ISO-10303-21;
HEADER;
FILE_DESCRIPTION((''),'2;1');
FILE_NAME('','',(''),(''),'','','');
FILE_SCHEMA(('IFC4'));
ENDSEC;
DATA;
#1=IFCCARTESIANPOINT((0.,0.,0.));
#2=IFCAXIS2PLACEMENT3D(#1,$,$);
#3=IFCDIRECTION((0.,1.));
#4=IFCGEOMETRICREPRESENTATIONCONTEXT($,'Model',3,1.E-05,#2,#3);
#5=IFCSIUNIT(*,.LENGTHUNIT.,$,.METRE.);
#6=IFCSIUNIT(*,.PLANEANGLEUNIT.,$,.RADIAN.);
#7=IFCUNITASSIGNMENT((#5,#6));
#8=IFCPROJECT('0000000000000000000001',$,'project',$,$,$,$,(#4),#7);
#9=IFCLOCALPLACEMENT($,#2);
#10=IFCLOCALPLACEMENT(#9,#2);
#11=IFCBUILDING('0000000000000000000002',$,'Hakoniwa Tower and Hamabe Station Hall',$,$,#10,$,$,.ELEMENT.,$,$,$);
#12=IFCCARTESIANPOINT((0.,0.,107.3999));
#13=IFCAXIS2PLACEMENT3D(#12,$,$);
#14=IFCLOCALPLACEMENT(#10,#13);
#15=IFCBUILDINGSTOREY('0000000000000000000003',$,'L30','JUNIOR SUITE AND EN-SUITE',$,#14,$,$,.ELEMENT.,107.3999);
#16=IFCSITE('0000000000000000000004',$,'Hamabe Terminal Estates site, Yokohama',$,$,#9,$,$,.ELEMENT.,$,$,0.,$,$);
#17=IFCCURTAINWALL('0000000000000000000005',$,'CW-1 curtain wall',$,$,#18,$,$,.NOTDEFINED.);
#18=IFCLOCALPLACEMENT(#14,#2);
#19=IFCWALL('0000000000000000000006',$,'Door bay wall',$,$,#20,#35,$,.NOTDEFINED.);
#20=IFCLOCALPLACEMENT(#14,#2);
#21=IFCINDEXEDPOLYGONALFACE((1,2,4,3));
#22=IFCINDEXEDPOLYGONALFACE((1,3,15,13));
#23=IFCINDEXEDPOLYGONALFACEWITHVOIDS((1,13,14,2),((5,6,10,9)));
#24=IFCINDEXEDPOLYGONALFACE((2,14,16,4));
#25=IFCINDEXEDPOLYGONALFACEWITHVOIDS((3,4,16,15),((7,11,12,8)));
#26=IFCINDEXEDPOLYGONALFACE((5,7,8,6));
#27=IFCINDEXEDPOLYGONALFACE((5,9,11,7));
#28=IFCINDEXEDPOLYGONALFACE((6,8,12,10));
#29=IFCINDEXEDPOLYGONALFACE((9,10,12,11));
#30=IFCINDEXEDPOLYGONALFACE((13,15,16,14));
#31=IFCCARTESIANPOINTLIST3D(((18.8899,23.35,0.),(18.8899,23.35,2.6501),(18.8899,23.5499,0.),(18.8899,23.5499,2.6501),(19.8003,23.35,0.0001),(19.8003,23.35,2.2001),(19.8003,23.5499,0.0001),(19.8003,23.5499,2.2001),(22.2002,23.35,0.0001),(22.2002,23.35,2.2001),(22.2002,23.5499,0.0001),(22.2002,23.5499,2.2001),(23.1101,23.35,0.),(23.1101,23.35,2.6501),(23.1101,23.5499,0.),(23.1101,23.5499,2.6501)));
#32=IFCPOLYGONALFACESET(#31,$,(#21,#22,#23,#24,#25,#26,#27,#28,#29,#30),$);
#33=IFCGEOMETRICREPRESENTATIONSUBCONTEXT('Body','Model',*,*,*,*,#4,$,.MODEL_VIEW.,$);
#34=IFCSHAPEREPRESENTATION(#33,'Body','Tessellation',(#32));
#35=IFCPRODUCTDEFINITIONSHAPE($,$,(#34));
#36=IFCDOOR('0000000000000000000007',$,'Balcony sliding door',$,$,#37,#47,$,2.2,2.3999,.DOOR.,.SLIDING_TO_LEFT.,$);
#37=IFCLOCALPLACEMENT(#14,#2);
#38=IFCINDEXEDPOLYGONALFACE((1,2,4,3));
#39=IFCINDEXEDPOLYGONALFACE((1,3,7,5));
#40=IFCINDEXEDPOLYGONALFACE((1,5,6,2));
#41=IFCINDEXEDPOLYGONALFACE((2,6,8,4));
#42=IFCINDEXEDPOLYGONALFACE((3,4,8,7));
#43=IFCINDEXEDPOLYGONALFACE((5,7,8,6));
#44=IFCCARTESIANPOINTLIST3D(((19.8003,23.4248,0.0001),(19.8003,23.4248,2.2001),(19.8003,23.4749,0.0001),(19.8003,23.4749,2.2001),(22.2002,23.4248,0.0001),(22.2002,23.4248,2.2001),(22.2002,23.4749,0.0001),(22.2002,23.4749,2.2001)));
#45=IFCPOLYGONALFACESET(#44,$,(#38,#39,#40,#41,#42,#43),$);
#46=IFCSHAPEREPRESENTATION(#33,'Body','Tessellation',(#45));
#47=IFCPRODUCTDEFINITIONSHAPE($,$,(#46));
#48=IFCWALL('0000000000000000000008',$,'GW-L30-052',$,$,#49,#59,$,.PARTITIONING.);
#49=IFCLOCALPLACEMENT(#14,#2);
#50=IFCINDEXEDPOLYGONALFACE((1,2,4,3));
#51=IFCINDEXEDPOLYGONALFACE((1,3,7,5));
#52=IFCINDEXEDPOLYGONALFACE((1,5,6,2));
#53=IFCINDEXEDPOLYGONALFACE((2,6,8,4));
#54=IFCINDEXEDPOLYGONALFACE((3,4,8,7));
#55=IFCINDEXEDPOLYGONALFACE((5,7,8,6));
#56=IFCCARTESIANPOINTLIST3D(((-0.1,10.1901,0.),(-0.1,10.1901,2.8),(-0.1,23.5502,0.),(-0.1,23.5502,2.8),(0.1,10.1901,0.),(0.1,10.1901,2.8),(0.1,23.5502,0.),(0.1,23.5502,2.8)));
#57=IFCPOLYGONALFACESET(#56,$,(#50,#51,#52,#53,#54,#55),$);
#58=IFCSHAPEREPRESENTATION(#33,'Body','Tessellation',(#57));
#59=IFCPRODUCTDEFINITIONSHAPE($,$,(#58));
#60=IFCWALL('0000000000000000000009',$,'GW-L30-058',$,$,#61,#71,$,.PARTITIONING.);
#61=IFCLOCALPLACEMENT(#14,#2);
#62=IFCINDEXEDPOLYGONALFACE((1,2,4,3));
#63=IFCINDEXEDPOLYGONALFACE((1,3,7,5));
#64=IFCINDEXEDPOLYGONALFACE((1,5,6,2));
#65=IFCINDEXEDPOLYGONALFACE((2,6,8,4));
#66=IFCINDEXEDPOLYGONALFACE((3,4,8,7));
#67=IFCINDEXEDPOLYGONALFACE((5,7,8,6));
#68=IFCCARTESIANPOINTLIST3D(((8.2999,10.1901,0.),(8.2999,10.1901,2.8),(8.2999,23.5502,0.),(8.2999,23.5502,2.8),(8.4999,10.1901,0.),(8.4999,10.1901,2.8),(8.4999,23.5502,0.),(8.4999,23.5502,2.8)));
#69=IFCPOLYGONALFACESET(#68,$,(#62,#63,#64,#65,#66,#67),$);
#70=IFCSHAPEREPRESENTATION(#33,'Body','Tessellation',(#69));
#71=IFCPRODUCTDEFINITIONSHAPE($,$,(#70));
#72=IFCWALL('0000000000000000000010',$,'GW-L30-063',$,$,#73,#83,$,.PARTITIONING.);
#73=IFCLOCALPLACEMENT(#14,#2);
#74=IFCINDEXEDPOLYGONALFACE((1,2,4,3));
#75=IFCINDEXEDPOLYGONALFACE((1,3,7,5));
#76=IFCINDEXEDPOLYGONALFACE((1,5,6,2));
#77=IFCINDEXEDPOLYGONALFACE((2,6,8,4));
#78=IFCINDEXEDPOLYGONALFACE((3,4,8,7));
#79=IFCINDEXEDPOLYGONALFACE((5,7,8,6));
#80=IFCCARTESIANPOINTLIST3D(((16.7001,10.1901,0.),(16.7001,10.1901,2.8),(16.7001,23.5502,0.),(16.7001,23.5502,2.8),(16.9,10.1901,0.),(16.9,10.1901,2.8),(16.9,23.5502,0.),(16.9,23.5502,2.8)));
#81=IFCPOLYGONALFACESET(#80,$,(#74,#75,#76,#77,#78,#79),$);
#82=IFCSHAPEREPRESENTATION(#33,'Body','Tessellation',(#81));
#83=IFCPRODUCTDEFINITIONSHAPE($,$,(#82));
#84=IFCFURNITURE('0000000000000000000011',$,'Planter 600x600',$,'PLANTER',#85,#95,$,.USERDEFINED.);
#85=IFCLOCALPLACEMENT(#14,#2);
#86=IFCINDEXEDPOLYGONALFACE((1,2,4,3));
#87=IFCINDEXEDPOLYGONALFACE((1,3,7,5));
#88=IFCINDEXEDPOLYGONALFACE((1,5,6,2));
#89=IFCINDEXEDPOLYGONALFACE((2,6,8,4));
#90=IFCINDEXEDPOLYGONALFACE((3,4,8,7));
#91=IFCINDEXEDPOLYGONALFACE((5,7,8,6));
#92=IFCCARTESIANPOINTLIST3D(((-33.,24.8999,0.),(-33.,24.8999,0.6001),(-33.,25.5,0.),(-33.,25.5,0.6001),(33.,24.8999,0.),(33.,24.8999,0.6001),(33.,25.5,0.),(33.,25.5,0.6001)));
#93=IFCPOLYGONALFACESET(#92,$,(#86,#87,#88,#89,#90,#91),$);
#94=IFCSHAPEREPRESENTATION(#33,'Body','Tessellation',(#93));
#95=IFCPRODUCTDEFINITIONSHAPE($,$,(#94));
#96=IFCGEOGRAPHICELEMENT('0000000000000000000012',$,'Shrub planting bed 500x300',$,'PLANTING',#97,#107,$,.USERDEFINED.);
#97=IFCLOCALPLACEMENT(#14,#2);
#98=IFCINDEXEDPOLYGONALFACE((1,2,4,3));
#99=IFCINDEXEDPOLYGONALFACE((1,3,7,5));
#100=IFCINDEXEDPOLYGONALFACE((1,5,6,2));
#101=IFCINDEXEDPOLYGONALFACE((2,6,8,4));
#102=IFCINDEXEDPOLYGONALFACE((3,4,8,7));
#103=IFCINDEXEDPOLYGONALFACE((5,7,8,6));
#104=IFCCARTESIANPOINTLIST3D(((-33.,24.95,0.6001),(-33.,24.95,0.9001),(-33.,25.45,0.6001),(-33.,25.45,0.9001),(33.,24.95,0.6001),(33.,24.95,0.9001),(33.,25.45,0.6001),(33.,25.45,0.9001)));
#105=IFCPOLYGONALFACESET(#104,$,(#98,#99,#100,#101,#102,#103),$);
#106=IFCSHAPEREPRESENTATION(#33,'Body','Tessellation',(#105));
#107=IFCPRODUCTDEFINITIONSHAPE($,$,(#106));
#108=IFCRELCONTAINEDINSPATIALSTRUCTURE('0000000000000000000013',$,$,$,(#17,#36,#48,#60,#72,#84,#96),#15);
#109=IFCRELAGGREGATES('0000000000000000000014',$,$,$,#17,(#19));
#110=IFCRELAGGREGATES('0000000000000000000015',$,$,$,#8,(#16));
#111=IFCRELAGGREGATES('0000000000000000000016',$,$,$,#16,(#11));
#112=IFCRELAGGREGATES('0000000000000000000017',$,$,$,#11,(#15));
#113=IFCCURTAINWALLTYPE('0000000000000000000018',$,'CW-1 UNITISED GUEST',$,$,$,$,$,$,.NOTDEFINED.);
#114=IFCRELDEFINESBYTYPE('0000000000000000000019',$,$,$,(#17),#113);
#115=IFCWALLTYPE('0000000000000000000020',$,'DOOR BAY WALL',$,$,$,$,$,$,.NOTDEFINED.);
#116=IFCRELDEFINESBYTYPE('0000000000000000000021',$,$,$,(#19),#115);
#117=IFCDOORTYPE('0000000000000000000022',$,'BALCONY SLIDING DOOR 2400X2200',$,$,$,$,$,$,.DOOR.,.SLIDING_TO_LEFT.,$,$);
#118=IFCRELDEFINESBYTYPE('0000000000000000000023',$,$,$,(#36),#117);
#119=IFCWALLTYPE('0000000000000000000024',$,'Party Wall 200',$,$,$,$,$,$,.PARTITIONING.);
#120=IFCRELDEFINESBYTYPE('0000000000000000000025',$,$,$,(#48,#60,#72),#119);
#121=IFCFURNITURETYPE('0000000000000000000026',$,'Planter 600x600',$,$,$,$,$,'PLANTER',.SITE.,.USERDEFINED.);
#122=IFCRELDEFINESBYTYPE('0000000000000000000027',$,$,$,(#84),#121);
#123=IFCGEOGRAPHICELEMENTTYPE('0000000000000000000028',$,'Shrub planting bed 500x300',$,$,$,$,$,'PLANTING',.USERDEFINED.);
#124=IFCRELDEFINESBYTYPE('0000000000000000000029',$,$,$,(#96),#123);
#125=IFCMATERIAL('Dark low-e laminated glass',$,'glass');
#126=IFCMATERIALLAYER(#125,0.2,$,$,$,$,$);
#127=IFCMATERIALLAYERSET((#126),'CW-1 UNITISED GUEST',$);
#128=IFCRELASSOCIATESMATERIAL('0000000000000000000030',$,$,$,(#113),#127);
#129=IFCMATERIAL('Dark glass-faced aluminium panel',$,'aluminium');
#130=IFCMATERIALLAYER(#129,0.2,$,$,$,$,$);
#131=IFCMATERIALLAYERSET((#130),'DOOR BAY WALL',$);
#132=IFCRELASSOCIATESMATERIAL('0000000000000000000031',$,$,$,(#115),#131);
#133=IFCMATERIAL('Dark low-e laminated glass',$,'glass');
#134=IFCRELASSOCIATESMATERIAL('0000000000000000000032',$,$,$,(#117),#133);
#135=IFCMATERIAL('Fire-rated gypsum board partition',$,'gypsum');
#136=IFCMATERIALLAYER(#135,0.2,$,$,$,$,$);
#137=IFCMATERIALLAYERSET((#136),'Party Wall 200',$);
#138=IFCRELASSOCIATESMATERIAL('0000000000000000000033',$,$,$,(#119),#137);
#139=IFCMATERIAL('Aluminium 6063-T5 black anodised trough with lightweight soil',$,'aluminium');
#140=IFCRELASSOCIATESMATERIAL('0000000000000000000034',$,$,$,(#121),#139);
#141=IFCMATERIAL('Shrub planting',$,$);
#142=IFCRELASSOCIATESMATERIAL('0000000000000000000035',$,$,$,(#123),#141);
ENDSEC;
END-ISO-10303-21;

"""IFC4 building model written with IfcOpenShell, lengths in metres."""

from ifc_helpers import new_model, si_unit, direction, frame, frame_2d, origin, origin_2d, place, context, subcontext, project, spatial, rectangle, extrude, material, layer, layer_set, type_object, element, fill, aggregate, save


model = new_model("IFC4")

# Units and contexts
model_context = context("Model", 3, precision=1e-05, world=origin(), true_north=direction((0.0, 1.0)))
body_context = subcontext(model_context, "Body", "Model", "MODEL_VIEW")
ifc_project = project(units=[si_unit("LENGTHUNIT", "METRE"), si_unit("PLANEANGLEUNIT", "RADIAN")], contexts=[model_context])

# Site, building, storey
site_placement = place(None, origin())
site = spatial("IfcSite", under=ifc_project, at=site_placement, Name="Hamabe Terminal Estates site, Yokohama", CompositionType="ELEMENT", RefElevation=0.0)
building_placement = place(site_placement, origin())
building = spatial("IfcBuilding", under=site, at=building_placement, Name="Hakoniwa Tower and Hamabe Station Hall", CompositionType="ELEMENT")
storey_placement = place(building_placement, frame((0.0, 0.0, 107.3999)))
storey = spatial("IfcBuildingStorey", under=building, at=storey_placement, Name="L30", Description="JUNIOR SUITE AND EN-SUITE", CompositionType="ELEMENT", Elevation=107.3999)

# Curtain wall
ifc_material_1 = material(Name="Dark low-e laminated glass", Category="glass")
ifc_layer_1 = layer(ifc_material_1, 0.2)
ifc_layer_set_1 = layer_set([ifc_layer_1], Name="CW-1 UNITISED GUEST")
curtain_wall_type = type_object("IfcCurtainWallType", Name="CW-1 UNITISED GUEST", PredefinedType="NOTDEFINED", material=ifc_layer_set_1)
curtain_wall_placement = place(storey_placement, origin())
curtain_wall = element("IfcCurtainWall", 1, at=curtain_wall_placement, inside=storey, type_object=curtain_wall_type, Name="CW-1 curtain wall", PredefinedType="NOTDEFINED")

# Wall, opening, door
ifc_material_2 = material(Name="Dark glass-faced aluminium panel", Category="aluminium")
ifc_layer_2 = layer(ifc_material_2, 0.2)
ifc_layer_set_2 = layer_set([ifc_layer_2], Name="DOOR BAY WALL")
wall_type_1 = type_object("IfcWallType", Name="DOOR BAY WALL", PredefinedType="NOTDEFINED", material=ifc_layer_set_2)
wall_1_placement = place(storey_placement, frame((23.1101, 23.45, 0.0), z_axis=(0.0, 0.0, 1.0), x_axis=(-1.0, 0.0, 0.0)))
wall_1 = element("IfcWall", 2, at=wall_1_placement, type_object=wall_type_1, Name="Door bay wall", PredefinedType="NOTDEFINED", context=body_context, shape_type="SweptSolid", body=[
    extrude(rectangle(XDim=4.2202, YDim=0.2, at=frame_2d((2.1101, 0.0))), origin(), (0.0, 0.0, 1.0), 2.6501),
])
opening_1_placement = place(wall_1_placement, frame((0.9099, 0.0, 0.0)))
opening_1 = element("IfcOpeningElement", 3, at=opening_1_placement, cuts=wall_1, PredefinedType="OPENING", context=body_context, shape_type="SweptSolid", body=[
    extrude(rectangle(XDim=2.3999, YDim=2.2, at=frame_2d((1.2, 1.1001))), frame((0.0, 0.1099, 0.0), z_axis=(0.0, -1.0, 0.0), x_axis=(1.0, 0.0, 0.0)), (0.0, 0.0, 1.0), 0.22),
])
ifc_material_3 = material(Name="Dark low-e laminated glass", Category="glass")
door_type_1 = type_object("IfcDoorType", Name="BALCONY SLIDING DOOR 2400X2200", OperationType="SLIDING_TO_LEFT", PredefinedType="DOOR", material=ifc_material_3)
door_1_placement = place(opening_1_placement, frame((2.3999, 0.0, 0.0), z_axis=(0.0, 0.0, 1.0), x_axis=(-1.0, 0.0, 0.0)))
door_1 = element("IfcDoor", 4, at=door_1_placement, inside=storey, type_object=door_type_1, Name="Balcony sliding door", OperationType="SLIDING_TO_LEFT", OverallHeight=2.2, OverallWidth=2.3999, PredefinedType="DOOR", context=body_context, shape_type="SweptSolid", body=[
    extrude(rectangle(XDim=2.3999, YDim=2.2, at=frame_2d((1.2, 1.1001))), frame((0.0, 0.0249, 0.0), z_axis=(0.0, -1.0, 0.0), x_axis=(1.0, 0.0, 0.0)), (0.0, 0.0, 1.0), 0.05),
])
fill(opening_1, door_1)
aggregate(curtain_wall, [wall_1])

# Walls
ifc_material_4 = material(Name="Fire-rated gypsum board partition", Category="gypsum")
ifc_layer_3 = layer(ifc_material_4, 0.2)
ifc_layer_set_3 = layer_set([ifc_layer_3], Name="Party Wall 200")
wall_type_2 = type_object("IfcWallType", Name="Party Wall 200", PredefinedType="PARTITIONING", material=ifc_layer_set_3)
for number, where, z_axis, x_axis, name in (
    (5, (0.0, 10.1899, 0.0), (0.0, 0.0, 1.0), (0.0, 1.0, 0.0), "GW-L30-052"),
    (6, (8.3999, 10.1899, 0.0), (0.0, 0.0, 1.0), (0.0, 1.0, 0.0), "GW-L30-058"),
    (7, (16.8, 10.1899, 0.0), (0.0, 0.0, 1.0), (0.0, 1.0, 0.0), "GW-L30-063"),
):
    element("IfcWall", number, at=place(storey_placement, frame(where, z_axis=z_axis, x_axis=x_axis)), inside=storey, type_object=wall_type_2, Name=name, PredefinedType="PARTITIONING", context=body_context, shape_type="SweptSolid", body=[
        extrude(rectangle(XDim=13.3601, YDim=0.2, at=frame_2d((6.6802, 0.0))), origin(), (0.0, 0.0, 1.0), 2.8),
    ])

# Furniture
ifc_material_5 = material(Name="Aluminium 6063-T5 black anodised trough with lightweight soil", Category="aluminium")
furniture_type = type_object("IfcFurnitureType", Name="Planter 600x600", ElementType="PLANTER", AssemblyPlace="SITE", PredefinedType="USERDEFINED", material=ifc_material_5)
furniture_placement = place(storey_placement, frame((0.0, 25.2, 0.0), z_axis=(0.0, 0.0, 1.0), x_axis=(1.0, 0.0, 0.0)))
element("IfcFurniture", 8, at=furniture_placement, inside=storey, type_object=furniture_type, Name="Planter 600x600", ObjectType="PLANTER", PredefinedType="USERDEFINED", context=body_context, shape_type="SweptSolid", body=[
    extrude(rectangle(XDim=66.0, YDim=0.6001, at=origin_2d()), origin(), (0.0, 0.0, 1.0), 0.6001),
])

# Geographic element
ifc_material_6 = material(Name="Shrub planting")
geographic_element_type = type_object("IfcGeographicElementType", Name="Shrub planting bed 500x300", ElementType="PLANTING", PredefinedType="USERDEFINED", material=ifc_material_6)
geographic_element_placement = place(storey_placement, frame((0.0, 25.2, 0.6001), z_axis=(0.0, 0.0, 1.0), x_axis=(1.0, 0.0, 0.0)))
element("IfcGeographicElement", 9, at=geographic_element_placement, inside=storey, type_object=geographic_element_type, Name="Shrub planting bed 500x300", ObjectType="PLANTING", PredefinedType="USERDEFINED", context=body_context, shape_type="SweptSolid", body=[
    extrude(rectangle(XDim=66.0, YDim=0.5, at=origin_2d()), origin(), (0.0, 0.0, 1.0), 0.3),
])

save(model, "model.ifc")
